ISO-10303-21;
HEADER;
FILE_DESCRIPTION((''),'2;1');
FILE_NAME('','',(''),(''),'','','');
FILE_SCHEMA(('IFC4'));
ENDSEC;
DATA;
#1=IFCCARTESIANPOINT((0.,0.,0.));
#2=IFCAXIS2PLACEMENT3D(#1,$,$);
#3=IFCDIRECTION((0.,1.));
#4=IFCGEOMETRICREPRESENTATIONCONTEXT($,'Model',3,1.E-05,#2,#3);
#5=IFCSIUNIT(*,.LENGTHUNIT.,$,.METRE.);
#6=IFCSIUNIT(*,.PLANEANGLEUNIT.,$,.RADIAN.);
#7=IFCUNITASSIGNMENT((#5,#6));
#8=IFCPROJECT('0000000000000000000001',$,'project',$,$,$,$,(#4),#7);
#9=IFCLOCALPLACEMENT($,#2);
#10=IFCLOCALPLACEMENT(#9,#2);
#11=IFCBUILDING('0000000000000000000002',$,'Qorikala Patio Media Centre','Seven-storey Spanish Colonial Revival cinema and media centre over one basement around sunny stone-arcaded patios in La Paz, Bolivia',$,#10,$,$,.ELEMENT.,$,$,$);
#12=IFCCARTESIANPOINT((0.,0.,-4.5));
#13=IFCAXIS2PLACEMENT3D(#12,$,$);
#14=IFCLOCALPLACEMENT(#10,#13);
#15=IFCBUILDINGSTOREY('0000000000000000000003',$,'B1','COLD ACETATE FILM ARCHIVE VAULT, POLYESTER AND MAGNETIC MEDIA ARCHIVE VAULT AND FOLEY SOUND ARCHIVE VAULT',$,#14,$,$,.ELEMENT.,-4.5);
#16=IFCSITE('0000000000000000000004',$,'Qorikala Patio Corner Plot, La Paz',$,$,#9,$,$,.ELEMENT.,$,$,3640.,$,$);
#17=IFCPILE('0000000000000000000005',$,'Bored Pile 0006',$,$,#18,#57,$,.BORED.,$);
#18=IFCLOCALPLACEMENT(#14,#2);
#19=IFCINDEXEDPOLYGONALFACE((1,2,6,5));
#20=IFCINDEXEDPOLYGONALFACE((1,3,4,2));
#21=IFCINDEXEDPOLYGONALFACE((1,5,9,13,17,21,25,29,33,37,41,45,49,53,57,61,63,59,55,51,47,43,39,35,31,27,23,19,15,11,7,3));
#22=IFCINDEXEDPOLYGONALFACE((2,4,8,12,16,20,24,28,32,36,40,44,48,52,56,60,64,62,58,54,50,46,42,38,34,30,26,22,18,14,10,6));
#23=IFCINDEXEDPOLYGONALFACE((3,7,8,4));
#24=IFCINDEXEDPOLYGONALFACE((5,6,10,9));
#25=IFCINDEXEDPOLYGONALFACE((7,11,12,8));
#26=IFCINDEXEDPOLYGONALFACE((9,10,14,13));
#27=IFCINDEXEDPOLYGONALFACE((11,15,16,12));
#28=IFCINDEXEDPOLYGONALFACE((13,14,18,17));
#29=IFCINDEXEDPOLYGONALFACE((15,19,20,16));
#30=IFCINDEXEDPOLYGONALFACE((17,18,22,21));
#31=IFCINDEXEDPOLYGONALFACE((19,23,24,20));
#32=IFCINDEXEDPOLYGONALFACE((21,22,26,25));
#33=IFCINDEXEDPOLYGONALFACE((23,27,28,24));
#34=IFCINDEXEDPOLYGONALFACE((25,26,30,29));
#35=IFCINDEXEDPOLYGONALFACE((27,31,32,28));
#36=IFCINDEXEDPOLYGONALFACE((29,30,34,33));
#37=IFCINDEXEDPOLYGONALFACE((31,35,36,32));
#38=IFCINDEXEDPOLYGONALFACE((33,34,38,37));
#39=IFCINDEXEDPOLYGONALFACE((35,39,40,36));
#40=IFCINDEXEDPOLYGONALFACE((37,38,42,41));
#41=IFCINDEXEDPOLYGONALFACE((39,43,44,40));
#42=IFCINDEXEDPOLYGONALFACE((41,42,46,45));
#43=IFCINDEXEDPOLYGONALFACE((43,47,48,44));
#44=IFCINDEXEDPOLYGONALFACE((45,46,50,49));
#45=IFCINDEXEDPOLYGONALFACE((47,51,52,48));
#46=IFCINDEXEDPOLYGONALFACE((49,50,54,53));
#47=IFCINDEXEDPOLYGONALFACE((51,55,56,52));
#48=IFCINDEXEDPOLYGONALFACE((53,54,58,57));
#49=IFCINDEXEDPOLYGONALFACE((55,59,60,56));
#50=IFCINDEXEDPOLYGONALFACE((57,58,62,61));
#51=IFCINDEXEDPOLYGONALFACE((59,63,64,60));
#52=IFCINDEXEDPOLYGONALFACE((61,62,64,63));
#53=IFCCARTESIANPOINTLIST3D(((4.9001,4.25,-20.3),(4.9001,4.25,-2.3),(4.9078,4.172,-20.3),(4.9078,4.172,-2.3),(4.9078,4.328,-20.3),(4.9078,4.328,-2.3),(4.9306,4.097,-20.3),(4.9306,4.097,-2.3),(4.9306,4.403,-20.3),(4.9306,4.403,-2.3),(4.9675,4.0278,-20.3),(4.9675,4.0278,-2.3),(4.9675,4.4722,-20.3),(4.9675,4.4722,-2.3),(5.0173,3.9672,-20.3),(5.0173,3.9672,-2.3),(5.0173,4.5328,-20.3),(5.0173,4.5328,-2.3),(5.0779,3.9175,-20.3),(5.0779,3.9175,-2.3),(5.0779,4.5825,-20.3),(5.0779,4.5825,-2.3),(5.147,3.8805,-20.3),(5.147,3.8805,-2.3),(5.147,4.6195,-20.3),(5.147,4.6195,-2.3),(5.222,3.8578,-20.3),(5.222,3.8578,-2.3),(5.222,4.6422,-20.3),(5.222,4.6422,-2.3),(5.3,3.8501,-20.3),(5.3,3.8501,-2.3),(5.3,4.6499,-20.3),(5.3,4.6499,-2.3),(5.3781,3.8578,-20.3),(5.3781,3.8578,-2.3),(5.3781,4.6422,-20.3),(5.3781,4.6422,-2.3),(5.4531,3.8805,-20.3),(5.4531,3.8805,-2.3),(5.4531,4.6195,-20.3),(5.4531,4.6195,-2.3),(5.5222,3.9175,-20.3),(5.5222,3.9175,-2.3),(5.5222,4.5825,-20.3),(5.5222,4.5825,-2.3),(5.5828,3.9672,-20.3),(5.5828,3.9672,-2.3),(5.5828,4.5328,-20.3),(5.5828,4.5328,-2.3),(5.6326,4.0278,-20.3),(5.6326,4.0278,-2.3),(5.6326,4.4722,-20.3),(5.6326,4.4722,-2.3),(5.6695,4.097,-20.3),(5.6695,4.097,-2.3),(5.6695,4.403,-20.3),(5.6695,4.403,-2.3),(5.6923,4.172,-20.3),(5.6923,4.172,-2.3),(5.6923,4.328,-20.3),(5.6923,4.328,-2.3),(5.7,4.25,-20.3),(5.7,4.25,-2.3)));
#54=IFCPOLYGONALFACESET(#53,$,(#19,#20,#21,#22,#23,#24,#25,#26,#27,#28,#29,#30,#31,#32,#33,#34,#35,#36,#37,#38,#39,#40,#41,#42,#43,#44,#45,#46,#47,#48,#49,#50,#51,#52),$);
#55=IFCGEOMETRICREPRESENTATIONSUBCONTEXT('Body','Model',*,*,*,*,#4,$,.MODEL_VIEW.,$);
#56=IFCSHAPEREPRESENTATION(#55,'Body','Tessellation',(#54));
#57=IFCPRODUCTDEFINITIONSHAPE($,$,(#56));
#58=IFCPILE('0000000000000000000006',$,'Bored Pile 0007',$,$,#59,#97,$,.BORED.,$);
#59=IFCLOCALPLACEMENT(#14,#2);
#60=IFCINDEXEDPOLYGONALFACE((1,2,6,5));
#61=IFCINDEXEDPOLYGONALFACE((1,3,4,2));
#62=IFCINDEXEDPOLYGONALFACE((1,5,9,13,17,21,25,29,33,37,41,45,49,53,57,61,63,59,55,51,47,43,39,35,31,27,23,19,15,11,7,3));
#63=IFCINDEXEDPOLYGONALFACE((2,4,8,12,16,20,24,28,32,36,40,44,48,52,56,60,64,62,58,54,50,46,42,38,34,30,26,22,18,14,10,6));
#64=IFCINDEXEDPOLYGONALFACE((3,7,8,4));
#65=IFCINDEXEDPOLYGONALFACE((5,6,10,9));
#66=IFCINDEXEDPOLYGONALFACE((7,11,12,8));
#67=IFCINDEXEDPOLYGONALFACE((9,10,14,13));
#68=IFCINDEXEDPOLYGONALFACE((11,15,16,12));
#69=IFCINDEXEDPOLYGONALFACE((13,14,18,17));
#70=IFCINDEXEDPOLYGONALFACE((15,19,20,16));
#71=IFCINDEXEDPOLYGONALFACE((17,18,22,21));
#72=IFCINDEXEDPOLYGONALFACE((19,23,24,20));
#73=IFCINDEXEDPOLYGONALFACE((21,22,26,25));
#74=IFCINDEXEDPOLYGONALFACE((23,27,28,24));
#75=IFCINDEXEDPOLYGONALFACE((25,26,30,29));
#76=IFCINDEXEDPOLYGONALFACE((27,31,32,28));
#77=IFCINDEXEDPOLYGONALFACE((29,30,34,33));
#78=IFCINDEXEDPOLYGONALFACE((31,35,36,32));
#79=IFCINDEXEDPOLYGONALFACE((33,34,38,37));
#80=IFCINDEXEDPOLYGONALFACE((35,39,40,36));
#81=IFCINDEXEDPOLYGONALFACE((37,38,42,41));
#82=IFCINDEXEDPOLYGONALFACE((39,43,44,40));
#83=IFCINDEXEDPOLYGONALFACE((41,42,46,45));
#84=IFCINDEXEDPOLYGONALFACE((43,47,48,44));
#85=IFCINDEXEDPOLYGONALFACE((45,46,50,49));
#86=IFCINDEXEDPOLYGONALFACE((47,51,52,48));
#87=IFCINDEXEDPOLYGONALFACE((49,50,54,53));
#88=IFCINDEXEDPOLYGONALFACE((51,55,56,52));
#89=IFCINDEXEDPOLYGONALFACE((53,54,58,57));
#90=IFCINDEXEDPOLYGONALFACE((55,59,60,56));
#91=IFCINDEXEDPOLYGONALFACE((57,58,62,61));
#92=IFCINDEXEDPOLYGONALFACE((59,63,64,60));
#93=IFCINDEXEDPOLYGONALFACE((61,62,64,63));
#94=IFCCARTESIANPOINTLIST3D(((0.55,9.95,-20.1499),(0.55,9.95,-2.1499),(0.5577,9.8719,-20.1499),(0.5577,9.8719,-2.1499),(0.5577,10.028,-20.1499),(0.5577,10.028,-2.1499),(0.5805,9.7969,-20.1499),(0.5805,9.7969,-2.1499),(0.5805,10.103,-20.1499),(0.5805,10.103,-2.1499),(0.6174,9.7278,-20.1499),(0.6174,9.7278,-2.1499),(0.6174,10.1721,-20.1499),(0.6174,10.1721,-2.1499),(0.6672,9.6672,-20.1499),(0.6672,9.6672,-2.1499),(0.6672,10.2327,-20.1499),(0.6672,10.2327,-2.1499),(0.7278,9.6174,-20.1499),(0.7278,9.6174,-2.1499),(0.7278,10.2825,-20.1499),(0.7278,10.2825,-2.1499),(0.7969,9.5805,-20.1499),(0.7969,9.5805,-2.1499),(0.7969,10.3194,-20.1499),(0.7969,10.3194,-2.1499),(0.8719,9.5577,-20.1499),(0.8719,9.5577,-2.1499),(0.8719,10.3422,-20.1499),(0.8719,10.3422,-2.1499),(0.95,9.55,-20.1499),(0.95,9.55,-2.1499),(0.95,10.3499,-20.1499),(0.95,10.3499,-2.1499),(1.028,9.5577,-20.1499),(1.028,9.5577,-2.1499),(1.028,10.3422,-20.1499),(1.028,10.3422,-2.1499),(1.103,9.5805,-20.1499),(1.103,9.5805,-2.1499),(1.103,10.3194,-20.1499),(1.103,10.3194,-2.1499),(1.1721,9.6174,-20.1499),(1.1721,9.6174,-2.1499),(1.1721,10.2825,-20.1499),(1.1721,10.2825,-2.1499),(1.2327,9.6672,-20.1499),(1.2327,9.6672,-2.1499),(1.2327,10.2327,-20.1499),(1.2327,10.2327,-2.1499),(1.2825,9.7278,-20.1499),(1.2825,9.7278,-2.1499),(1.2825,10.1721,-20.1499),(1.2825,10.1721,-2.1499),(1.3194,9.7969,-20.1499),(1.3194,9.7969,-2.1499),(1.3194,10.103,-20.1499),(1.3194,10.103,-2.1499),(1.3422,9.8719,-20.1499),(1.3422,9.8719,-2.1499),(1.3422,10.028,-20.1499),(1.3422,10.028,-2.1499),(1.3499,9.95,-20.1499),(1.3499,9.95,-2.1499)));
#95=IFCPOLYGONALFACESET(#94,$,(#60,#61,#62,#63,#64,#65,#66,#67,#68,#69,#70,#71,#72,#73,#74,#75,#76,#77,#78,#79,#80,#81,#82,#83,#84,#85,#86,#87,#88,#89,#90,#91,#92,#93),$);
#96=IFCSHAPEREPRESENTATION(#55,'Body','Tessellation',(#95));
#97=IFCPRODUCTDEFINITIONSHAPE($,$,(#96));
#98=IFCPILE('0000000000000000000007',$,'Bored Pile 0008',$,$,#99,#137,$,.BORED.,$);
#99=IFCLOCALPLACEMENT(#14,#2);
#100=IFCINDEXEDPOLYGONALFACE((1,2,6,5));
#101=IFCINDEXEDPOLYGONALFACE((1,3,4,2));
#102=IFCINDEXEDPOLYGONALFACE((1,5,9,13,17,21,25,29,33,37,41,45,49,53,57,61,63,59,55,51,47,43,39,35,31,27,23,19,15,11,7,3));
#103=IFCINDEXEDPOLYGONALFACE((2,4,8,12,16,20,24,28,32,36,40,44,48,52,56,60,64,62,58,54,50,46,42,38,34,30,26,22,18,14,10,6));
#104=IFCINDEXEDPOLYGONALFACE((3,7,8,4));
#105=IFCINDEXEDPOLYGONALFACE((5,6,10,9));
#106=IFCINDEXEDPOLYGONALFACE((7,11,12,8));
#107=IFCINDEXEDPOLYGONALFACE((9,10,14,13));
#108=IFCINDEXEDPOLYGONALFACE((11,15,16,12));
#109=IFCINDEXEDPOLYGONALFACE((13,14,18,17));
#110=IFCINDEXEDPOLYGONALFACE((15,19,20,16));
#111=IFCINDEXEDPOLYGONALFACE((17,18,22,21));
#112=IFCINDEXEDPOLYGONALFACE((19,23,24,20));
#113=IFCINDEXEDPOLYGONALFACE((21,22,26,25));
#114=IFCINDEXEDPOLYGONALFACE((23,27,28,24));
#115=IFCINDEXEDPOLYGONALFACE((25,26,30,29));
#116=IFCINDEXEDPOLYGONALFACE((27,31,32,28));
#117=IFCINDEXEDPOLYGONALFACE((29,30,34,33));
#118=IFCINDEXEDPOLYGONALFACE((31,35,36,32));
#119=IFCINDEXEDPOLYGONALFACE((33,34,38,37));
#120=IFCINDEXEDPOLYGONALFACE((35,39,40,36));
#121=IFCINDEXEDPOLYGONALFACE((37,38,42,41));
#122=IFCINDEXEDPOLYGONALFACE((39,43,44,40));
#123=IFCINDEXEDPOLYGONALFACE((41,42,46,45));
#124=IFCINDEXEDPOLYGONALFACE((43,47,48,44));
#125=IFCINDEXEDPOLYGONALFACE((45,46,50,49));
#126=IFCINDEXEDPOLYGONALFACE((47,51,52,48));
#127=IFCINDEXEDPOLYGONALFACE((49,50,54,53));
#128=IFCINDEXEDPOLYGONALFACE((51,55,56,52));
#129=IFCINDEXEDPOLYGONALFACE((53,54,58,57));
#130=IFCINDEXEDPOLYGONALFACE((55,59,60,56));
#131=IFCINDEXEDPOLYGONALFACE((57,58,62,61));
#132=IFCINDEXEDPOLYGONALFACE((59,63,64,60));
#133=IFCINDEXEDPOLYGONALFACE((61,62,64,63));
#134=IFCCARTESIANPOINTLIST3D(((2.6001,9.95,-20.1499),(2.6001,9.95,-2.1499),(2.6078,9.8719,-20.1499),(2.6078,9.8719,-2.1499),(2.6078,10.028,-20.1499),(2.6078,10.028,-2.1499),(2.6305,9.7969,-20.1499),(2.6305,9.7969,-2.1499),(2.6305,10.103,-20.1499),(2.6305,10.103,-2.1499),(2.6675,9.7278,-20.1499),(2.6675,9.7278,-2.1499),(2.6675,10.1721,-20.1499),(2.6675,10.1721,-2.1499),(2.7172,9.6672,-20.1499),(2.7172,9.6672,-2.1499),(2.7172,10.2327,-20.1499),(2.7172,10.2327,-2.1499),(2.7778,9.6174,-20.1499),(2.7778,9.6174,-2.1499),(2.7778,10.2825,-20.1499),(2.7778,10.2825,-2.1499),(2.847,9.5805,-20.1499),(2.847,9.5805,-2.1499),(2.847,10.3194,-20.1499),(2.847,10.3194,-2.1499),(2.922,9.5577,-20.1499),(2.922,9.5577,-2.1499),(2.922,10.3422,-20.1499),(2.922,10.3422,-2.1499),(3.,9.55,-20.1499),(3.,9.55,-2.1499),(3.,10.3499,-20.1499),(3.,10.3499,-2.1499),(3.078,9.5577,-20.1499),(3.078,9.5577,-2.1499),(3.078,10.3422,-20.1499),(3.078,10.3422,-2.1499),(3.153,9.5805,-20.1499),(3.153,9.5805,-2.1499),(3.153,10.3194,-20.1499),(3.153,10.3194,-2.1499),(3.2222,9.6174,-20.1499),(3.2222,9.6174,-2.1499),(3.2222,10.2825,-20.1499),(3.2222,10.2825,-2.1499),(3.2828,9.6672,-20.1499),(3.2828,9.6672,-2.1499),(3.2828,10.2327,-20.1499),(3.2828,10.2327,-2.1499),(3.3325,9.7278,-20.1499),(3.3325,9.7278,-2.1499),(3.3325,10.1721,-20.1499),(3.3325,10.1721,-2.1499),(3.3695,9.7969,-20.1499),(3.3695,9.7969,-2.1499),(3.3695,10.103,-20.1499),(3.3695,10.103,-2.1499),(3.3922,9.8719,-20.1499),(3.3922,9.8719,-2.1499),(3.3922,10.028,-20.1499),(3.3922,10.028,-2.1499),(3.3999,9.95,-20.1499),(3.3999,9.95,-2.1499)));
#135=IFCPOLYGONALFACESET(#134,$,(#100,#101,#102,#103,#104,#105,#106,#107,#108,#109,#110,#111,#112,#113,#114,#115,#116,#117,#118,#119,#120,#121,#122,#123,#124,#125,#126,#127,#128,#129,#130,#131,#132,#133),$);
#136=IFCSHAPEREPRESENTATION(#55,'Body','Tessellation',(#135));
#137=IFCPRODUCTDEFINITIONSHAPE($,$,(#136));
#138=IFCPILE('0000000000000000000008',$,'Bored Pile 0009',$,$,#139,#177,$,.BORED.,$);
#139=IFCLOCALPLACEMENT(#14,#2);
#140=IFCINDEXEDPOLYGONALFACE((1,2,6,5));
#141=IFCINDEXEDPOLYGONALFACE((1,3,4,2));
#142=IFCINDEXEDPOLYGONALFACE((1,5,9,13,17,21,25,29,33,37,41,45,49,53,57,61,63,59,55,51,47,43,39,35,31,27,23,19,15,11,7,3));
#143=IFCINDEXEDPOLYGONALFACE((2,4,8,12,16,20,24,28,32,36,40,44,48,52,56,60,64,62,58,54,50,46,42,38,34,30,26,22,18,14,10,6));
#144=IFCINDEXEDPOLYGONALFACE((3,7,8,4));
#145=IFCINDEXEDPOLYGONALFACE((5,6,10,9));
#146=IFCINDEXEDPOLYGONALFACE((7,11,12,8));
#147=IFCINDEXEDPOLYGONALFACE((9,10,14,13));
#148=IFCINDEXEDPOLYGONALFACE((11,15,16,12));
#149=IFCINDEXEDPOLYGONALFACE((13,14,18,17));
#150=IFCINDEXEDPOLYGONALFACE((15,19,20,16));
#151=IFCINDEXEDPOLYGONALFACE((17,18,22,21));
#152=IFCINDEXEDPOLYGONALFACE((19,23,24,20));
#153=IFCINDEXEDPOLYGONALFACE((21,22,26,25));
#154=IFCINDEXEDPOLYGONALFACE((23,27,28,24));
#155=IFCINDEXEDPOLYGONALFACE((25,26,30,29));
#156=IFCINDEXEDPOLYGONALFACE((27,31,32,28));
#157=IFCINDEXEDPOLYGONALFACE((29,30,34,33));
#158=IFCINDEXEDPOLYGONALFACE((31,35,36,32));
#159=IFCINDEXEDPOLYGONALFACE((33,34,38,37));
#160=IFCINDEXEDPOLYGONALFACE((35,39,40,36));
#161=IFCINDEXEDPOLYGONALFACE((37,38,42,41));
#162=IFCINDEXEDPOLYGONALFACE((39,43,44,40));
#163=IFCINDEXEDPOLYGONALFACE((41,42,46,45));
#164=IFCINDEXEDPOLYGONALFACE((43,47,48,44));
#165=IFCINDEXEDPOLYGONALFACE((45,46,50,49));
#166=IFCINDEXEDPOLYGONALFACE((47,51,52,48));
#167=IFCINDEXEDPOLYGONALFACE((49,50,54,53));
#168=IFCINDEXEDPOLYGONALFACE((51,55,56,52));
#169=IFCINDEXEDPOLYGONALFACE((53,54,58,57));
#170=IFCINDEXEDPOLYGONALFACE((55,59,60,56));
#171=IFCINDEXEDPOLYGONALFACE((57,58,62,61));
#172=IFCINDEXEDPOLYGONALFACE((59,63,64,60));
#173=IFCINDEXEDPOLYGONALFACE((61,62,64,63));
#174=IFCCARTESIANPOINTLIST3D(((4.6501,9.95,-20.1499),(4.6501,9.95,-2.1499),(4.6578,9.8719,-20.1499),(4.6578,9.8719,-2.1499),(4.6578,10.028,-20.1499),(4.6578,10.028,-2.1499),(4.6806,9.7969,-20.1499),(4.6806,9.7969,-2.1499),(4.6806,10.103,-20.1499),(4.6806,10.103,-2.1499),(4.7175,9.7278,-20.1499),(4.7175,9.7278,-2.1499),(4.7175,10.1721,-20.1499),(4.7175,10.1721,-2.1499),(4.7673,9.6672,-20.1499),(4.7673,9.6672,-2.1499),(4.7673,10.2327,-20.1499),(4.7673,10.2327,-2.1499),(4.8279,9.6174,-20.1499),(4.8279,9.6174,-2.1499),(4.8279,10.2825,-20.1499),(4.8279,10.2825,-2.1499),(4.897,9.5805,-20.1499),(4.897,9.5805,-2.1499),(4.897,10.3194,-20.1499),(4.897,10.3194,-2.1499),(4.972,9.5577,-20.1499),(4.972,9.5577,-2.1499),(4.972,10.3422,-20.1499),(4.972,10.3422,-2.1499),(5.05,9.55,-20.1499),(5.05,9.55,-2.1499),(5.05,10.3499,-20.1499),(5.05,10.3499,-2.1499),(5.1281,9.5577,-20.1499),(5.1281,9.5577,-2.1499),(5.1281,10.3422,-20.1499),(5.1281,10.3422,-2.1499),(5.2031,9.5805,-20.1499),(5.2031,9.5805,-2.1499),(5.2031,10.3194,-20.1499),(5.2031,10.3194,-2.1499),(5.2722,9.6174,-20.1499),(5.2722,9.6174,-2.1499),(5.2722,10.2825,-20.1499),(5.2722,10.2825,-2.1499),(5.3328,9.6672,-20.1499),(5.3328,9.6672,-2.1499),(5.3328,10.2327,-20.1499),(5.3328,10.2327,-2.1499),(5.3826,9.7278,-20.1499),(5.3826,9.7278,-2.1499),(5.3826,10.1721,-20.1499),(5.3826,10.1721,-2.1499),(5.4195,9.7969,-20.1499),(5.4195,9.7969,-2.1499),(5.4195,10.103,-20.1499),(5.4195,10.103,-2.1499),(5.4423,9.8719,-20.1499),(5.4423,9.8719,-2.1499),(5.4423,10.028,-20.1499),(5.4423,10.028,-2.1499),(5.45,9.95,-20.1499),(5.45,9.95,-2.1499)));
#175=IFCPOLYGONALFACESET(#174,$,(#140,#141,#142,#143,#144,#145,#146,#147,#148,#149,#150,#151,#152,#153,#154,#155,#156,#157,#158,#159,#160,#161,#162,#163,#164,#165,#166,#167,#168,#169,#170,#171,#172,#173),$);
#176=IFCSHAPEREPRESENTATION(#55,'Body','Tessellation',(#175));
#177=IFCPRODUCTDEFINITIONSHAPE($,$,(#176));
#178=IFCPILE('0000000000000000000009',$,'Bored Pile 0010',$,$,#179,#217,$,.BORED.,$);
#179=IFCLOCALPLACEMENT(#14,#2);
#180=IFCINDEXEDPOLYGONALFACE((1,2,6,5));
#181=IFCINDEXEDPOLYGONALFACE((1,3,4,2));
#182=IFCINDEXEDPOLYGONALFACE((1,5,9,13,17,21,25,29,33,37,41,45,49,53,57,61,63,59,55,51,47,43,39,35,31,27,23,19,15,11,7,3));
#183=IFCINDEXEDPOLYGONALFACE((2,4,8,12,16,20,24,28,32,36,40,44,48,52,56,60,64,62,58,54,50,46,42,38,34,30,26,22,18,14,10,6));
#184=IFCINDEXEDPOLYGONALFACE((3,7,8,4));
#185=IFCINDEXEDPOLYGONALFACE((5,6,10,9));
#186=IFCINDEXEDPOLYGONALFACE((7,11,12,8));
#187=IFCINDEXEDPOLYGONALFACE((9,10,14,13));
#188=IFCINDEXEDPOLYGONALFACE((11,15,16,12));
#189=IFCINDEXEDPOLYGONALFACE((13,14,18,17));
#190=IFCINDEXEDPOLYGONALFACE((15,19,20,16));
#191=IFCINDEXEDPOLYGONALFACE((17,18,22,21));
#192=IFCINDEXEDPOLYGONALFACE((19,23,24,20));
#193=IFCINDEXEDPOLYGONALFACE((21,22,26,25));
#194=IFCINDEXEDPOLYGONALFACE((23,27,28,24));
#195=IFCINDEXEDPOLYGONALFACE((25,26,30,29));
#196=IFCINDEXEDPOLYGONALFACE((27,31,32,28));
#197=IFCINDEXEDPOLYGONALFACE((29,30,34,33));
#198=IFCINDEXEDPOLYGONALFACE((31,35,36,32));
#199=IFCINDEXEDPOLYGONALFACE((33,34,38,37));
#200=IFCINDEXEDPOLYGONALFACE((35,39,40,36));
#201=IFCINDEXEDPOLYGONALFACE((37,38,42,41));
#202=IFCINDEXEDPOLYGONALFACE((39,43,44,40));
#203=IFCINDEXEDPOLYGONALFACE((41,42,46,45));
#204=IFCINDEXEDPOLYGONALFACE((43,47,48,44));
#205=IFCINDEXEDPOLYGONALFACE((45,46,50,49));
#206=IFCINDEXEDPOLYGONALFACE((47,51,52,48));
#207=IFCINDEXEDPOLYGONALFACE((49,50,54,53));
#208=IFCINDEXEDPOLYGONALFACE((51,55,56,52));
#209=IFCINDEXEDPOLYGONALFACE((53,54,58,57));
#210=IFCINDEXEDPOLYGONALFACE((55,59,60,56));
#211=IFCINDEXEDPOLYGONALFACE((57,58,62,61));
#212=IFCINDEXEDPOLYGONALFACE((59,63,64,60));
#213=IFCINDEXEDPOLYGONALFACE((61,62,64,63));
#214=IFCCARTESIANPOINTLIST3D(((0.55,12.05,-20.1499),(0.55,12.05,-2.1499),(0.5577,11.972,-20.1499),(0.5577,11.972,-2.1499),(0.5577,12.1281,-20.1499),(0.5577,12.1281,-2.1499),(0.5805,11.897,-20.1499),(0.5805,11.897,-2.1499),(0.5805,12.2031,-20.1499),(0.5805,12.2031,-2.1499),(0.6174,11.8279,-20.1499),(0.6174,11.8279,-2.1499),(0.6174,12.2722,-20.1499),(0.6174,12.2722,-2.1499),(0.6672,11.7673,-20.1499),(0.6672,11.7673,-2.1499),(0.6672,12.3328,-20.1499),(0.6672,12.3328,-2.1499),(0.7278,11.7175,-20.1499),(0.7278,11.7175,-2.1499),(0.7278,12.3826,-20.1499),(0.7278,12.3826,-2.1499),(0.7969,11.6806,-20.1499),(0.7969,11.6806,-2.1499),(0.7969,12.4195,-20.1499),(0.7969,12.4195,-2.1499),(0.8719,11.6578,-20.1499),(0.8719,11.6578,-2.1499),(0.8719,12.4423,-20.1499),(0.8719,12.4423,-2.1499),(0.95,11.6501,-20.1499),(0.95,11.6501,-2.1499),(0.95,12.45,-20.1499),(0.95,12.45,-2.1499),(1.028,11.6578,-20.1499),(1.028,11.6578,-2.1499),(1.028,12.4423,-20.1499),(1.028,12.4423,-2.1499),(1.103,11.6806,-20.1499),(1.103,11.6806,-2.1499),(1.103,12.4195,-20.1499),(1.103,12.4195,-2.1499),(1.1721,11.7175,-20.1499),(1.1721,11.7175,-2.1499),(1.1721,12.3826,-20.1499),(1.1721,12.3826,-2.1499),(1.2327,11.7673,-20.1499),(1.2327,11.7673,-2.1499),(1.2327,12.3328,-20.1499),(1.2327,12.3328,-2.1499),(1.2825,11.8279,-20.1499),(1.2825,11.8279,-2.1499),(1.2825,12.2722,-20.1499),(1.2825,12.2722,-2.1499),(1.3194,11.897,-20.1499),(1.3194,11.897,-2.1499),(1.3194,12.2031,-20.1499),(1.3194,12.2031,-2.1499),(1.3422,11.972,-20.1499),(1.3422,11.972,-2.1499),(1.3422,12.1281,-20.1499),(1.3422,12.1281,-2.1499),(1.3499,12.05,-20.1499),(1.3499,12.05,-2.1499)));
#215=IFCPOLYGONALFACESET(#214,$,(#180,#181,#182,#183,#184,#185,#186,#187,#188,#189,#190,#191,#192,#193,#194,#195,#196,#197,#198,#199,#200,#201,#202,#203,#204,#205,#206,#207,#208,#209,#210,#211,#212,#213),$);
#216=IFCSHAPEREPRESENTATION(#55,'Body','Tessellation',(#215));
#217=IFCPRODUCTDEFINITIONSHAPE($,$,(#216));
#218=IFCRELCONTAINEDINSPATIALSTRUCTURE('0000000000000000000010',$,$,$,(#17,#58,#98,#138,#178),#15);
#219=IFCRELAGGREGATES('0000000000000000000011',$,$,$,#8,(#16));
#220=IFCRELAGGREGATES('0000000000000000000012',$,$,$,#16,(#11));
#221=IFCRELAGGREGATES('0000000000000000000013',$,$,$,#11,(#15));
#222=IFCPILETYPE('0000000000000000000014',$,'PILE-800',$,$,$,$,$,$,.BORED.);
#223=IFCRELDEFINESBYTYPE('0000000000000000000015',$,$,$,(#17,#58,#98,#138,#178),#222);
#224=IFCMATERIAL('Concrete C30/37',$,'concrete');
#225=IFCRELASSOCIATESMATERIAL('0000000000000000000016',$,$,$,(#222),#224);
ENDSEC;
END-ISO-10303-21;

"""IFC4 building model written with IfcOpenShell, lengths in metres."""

from ifc_helpers import new_model, si_unit, direction, frame, origin, origin_2d, place, context, subcontext, project, spatial, circle, extrude, material, material_profile, profile_set, type_object, element, save


model = new_model("IFC4")

# Units and contexts
model_context = context("Model", 3, precision=1e-05, world=origin(), true_north=direction((0.0, 1.0)))
body_context = subcontext(model_context, "Body", "Model", "MODEL_VIEW")
ifc_project = project(units=[si_unit("LENGTHUNIT", "METRE"), si_unit("PLANEANGLEUNIT", "RADIAN")], contexts=[model_context])

# Site, building, storey
site_placement = place(None, origin())
site = spatial("IfcSite", under=ifc_project, at=site_placement, Name="Qorikala Patio Corner Plot, La Paz", CompositionType="ELEMENT", RefElevation=3640.0)
building_placement = place(site_placement, origin())
building = spatial("IfcBuilding", under=site, at=building_placement, Name="Qorikala Patio Media Centre", Description="Seven-storey Spanish Colonial Revival cinema and media centre over one basement around sunny stone-arcaded patios in La Paz, Bolivia", CompositionType="ELEMENT")
storey_placement = place(building_placement, frame((0.0, 0.0, -4.5)))
storey = spatial("IfcBuildingStorey", under=building, at=storey_placement, Name="B1", Description="COLD ACETATE FILM ARCHIVE VAULT, POLYESTER AND MAGNETIC MEDIA ARCHIVE VAULT AND FOLEY SOUND ARCHIVE VAULT", CompositionType="ELEMENT", Elevation=-4.5)

# Shared definitions
ifc_material_1 = material(Name="Concrete C30/37", Category="concrete")

# Piles
ifc_material_profile_1 = material_profile(ifc_material_1, circle(Radius=0.3999, at=origin_2d()), Name="BORED PILE 800")
ifc_profile_set_1 = profile_set([ifc_material_profile_1], Name="Concrete C30/37")
pile_type = type_object("IfcPileType", Name="PILE-800", PredefinedType="BORED", material=ifc_profile_set_1)
for number, where, z_axis, x_axis, name in (
    (1, (5.3, 4.25, -2.3), (0.0, 0.0, -1.0), (1.0, 0.0, 0.0), "Bored Pile 0006"),
    (2, (0.95, 9.95, -2.1499), (0.0, 0.0, -1.0), (1.0, 0.0, 0.0), "Bored Pile 0007"),
    (3, (3.0, 9.95, -2.1499), (0.0, 0.0, -1.0), (1.0, 0.0, 0.0), "Bored Pile 0008"),
    (4, (5.05, 9.95, -2.1499), (0.0, 0.0, -1.0), (1.0, 0.0, 0.0), "Bored Pile 0009"),
    (5, (0.95, 12.05, -2.1499), (0.0, 0.0, -1.0), (1.0, 0.0, 0.0), "Bored Pile 0010"),
):
    element("IfcPile", number, at=place(storey_placement, frame(where, z_axis=z_axis, x_axis=x_axis)), inside=storey, type_object=pile_type, Name=name, PredefinedType="BORED", context=body_context, shape_type="SweptSolid", body=[
        extrude(circle(Radius=0.3999, at=origin_2d()), origin(), (0.0, 0.0, 1.0), 18.0),
    ])

save(model, "model.ifc")
